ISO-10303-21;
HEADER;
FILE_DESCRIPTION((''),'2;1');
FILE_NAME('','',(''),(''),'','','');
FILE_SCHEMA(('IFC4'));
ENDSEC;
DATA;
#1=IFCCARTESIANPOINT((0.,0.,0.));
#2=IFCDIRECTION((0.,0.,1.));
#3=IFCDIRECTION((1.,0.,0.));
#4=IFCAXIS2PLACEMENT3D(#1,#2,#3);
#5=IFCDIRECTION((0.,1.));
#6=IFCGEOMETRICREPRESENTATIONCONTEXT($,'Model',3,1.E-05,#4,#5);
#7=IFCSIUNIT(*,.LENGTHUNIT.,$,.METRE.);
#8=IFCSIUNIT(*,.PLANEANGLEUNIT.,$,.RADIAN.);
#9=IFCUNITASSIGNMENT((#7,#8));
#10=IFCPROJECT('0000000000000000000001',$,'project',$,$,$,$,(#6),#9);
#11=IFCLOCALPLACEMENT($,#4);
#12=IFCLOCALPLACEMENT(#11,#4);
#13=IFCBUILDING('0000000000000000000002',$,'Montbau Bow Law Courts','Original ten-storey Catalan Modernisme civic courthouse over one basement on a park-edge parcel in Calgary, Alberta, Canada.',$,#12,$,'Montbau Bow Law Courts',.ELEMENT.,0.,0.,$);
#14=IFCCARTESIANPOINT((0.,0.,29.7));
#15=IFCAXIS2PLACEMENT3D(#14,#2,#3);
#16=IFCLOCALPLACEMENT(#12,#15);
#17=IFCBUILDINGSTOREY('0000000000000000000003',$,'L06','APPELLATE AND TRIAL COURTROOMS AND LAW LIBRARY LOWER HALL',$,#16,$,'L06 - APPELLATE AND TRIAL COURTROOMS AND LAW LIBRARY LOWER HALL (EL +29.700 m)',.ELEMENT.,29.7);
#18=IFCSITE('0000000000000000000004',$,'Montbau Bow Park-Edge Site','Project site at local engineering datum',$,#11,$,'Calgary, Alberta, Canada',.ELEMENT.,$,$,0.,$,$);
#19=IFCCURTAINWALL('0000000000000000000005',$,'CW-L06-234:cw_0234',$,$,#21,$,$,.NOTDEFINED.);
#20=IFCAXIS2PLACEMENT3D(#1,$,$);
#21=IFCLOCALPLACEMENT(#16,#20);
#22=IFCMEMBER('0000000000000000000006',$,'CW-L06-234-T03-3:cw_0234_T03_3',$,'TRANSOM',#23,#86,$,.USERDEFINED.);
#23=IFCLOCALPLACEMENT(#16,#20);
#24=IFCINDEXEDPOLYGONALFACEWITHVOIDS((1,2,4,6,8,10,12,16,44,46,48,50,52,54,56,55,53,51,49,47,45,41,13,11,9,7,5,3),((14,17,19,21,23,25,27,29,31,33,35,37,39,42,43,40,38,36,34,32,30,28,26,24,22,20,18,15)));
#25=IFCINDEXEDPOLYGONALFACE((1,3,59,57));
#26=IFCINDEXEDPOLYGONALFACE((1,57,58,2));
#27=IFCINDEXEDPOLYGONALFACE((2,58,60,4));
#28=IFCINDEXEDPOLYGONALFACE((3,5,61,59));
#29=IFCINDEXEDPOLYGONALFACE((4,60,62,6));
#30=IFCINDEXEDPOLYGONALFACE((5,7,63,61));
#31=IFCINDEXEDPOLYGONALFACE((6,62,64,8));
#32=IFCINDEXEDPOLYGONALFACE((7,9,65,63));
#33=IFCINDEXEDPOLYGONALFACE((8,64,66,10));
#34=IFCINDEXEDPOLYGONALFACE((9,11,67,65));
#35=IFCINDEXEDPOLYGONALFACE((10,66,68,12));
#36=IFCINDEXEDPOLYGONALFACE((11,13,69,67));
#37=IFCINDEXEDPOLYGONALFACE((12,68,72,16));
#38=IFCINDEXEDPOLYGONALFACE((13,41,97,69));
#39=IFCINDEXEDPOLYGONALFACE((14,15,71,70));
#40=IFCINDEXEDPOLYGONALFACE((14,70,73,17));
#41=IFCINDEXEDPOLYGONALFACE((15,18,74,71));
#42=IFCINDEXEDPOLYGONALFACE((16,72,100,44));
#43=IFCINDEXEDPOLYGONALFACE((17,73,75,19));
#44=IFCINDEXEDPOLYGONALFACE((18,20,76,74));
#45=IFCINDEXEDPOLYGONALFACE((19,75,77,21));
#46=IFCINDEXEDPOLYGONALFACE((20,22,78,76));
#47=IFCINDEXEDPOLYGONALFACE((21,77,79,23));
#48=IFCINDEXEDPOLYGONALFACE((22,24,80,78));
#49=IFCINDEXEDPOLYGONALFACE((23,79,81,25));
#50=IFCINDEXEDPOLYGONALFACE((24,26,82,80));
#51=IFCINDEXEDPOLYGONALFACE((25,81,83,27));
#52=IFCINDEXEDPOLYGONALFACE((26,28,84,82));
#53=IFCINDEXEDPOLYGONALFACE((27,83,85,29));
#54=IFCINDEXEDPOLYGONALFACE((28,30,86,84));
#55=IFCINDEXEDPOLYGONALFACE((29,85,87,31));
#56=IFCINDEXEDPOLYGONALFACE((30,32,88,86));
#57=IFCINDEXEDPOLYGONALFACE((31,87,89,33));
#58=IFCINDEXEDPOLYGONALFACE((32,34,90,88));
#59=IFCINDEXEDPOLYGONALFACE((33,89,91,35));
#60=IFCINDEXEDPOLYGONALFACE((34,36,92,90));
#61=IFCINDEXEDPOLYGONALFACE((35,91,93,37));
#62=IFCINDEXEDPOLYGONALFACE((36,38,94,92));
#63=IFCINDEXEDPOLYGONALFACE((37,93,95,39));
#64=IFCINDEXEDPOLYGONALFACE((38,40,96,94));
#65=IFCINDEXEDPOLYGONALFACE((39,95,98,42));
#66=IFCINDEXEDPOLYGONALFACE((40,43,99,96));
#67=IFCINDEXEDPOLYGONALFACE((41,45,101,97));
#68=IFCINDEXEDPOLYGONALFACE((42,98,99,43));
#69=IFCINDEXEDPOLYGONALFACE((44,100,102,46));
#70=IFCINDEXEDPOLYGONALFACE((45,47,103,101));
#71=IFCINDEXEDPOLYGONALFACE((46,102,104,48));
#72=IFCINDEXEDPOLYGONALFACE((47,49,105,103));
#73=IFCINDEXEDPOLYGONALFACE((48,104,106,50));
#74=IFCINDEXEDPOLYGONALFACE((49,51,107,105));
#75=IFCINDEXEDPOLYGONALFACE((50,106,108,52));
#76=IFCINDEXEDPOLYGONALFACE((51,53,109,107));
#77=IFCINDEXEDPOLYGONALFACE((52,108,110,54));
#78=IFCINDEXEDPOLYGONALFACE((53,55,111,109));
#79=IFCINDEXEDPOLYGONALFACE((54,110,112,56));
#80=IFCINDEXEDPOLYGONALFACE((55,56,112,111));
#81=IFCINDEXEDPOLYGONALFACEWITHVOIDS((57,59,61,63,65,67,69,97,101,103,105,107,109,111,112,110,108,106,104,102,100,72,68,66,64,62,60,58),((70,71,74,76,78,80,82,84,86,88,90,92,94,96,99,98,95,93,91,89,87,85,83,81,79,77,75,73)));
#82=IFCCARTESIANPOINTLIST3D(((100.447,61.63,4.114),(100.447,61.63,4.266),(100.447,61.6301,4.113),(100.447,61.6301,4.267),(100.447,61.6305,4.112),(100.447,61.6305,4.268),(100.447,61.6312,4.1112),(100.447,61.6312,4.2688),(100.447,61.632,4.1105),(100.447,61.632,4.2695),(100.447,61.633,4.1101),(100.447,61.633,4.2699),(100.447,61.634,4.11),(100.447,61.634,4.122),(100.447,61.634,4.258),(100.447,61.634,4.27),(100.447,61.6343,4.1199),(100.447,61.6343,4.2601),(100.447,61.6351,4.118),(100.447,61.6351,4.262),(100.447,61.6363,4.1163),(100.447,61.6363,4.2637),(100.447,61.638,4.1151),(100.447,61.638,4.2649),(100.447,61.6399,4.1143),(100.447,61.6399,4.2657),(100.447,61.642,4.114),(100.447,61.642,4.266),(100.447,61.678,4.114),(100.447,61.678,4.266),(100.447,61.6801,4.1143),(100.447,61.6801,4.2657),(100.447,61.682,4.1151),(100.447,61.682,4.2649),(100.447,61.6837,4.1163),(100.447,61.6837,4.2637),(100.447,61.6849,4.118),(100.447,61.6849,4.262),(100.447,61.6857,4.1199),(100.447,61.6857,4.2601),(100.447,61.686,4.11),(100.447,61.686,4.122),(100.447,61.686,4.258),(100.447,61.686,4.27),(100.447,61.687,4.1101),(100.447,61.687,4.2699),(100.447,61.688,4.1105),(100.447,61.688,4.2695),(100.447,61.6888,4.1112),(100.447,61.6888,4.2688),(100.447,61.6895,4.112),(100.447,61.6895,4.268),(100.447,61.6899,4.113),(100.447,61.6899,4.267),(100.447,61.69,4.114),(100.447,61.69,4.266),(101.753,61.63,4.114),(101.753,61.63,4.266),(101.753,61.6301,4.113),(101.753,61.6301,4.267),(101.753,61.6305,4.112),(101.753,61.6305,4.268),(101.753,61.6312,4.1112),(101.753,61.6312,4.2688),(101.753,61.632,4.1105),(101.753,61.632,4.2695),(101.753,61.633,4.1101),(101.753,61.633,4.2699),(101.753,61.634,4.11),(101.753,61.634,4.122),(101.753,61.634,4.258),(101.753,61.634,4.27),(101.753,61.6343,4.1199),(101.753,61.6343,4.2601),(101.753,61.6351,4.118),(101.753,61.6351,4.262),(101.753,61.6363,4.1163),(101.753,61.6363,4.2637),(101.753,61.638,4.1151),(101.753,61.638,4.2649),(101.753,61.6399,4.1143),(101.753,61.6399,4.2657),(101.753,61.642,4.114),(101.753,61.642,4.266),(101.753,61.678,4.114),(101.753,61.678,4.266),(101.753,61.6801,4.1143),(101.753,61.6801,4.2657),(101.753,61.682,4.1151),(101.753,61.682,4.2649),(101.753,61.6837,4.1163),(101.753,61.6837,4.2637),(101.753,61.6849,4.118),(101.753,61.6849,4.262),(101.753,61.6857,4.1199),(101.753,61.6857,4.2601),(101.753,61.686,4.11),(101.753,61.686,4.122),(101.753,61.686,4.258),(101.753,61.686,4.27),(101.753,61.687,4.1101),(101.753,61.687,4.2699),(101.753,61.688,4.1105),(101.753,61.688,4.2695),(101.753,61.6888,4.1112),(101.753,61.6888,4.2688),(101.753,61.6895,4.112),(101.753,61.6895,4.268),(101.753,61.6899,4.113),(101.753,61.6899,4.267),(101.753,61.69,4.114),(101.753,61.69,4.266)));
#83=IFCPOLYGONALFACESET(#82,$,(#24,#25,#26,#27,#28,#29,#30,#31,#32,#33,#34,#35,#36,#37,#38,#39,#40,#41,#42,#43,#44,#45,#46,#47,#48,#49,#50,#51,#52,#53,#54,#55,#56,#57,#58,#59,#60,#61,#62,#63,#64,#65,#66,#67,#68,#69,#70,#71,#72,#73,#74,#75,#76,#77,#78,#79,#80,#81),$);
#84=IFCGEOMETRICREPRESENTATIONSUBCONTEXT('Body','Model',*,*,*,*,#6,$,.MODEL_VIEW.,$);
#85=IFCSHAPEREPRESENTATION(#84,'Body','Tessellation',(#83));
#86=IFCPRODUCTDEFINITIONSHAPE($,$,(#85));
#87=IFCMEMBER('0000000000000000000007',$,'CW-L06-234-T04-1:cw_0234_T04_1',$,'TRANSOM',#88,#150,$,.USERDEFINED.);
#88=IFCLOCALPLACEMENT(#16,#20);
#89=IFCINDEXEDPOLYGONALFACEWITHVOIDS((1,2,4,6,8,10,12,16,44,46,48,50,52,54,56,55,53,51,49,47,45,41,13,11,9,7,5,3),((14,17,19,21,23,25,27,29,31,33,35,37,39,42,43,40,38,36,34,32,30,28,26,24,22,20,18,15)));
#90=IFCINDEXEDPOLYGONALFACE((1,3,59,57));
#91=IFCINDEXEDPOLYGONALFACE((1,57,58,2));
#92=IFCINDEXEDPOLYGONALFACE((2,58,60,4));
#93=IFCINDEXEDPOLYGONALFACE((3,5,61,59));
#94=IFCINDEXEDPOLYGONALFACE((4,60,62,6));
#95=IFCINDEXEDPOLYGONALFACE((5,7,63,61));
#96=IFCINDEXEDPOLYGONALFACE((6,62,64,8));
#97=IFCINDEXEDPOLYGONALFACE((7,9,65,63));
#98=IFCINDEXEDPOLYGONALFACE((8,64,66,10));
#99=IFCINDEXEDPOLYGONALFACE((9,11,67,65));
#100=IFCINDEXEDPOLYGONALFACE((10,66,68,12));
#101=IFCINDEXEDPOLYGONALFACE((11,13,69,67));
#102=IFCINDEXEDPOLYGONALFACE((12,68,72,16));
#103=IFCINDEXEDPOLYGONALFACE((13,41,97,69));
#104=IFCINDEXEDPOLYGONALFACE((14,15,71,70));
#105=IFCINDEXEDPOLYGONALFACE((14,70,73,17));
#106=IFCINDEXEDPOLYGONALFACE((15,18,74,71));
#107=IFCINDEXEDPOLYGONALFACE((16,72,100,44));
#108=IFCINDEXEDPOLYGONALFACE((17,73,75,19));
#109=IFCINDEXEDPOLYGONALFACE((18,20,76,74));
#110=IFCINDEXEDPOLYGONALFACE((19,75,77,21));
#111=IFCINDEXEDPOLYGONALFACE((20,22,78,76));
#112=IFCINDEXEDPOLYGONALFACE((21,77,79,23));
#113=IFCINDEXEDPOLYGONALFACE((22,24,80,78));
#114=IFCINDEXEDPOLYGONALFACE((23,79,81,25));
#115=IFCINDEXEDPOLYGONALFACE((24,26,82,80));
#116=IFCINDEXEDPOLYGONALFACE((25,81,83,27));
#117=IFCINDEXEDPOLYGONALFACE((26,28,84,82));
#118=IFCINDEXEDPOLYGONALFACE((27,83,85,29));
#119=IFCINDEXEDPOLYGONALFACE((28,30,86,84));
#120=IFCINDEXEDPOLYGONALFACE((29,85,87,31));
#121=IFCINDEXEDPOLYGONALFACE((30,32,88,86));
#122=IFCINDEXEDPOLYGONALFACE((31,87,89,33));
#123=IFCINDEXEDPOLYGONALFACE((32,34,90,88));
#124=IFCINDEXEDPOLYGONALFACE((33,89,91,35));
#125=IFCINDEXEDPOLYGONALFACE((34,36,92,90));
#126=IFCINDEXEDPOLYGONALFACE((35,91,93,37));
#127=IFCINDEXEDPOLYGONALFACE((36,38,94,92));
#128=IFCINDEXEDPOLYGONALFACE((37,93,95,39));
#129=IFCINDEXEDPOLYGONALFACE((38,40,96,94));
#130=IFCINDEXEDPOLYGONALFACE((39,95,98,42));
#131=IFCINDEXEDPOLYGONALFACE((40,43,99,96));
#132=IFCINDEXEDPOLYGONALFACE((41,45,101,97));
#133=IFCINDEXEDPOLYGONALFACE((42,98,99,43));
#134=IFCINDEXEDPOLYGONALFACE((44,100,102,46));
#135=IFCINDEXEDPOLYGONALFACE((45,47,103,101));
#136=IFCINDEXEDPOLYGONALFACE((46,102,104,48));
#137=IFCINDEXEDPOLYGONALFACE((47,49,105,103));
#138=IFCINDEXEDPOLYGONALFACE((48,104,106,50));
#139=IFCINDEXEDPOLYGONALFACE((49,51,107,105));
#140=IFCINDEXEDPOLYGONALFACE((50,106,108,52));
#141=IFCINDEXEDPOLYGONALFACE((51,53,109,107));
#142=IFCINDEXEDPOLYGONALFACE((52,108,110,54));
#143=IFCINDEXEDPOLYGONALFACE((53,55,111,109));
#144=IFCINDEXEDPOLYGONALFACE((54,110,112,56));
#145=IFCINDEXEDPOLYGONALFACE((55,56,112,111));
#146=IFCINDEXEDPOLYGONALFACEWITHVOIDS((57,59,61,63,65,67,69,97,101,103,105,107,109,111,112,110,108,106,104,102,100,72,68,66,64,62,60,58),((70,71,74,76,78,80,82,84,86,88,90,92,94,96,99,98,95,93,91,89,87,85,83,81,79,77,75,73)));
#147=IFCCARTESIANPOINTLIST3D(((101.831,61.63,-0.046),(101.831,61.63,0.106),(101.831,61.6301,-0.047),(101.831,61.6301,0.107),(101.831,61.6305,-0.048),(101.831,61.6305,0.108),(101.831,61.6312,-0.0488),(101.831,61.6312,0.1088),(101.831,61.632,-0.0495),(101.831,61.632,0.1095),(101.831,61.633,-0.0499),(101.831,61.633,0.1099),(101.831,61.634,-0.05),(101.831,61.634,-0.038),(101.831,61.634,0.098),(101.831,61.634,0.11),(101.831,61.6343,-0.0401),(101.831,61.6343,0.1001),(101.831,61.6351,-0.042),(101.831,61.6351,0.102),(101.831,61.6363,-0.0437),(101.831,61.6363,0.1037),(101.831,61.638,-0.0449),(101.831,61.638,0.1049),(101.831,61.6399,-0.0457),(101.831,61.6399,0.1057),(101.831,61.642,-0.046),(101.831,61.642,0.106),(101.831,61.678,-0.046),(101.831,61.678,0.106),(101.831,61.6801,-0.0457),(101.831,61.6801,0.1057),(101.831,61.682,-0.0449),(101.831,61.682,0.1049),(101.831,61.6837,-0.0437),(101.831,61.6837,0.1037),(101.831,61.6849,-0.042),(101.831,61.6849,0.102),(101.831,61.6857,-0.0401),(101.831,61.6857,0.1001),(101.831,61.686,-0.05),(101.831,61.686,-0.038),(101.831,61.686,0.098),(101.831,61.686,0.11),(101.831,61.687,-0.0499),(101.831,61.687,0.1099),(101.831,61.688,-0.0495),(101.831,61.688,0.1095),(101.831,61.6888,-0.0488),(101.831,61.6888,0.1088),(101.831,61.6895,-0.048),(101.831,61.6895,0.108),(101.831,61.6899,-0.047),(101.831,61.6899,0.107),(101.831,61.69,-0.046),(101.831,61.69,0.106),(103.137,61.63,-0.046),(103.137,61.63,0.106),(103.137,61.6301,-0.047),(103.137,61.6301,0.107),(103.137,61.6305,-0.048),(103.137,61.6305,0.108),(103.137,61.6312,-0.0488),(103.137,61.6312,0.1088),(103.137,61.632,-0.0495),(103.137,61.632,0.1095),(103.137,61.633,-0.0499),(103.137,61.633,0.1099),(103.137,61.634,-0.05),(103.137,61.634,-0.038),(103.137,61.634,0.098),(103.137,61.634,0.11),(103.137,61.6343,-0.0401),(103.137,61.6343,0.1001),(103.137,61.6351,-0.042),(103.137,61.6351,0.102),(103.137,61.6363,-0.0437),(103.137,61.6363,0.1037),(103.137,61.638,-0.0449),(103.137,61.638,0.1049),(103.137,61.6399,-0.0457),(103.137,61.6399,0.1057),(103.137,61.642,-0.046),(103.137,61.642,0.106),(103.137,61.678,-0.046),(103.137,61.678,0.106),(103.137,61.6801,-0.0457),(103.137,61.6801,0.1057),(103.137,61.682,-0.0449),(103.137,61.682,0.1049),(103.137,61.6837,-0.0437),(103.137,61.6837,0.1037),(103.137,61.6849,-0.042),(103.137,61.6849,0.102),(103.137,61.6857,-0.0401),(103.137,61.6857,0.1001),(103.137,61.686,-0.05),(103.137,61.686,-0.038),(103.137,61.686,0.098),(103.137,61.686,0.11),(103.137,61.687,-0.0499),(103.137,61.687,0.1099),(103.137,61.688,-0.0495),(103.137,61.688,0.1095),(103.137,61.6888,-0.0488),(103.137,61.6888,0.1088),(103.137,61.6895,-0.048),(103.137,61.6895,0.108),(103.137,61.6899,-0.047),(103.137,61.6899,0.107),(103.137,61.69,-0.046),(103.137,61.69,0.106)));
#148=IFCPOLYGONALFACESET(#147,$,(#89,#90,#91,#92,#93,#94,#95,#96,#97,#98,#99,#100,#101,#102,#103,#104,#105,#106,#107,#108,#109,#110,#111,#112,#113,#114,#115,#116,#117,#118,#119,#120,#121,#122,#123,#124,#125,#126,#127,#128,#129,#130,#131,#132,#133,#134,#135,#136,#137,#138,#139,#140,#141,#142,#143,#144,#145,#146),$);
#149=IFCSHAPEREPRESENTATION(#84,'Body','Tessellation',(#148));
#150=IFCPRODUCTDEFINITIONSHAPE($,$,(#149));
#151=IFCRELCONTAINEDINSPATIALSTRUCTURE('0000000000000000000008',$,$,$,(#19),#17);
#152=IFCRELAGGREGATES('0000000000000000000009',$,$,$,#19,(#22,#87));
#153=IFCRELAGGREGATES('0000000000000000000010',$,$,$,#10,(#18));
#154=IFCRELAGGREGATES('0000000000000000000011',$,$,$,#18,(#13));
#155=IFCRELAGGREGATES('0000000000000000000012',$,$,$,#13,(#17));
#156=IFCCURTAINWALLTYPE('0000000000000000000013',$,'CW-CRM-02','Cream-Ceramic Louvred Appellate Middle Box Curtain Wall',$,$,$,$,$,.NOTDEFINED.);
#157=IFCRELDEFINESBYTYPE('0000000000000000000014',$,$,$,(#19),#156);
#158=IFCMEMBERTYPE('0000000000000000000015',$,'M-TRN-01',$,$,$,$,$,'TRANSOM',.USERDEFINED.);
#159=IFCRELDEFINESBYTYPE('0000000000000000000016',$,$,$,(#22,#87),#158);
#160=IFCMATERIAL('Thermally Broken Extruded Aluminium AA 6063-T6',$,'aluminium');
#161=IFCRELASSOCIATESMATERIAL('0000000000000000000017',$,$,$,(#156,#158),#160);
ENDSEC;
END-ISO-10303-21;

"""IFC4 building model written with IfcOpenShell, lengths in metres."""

from ifc_helpers import new_model, si_unit, direction, frame, origin_with_axes, origin_2d_with_axis, place, context, subcontext, project, spatial, hollow_rectangle, extrude, material, material_profile, profile_set, type_object, element, aggregate, save


model = new_model("IFC4")

# Units and contexts
model_context = context("Model", 3, precision=1e-05, world=origin_with_axes(), true_north=direction((0.0, 1.0)))
body_context = subcontext(model_context, "Body", "Model", "MODEL_VIEW")
ifc_project = project(units=[si_unit("LENGTHUNIT", "METRE"), si_unit("PLANEANGLEUNIT", "RADIAN")], contexts=[model_context])

# Site, building, storey
site_placement = place(None, origin_with_axes())
site = spatial("IfcSite", under=ifc_project, at=site_placement, Name="Montbau Bow Park-Edge Site", Description="Project site at local engineering datum", LongName="Calgary, Alberta, Canada", CompositionType="ELEMENT", RefElevation=0.0)
building_placement = place(site_placement, origin_with_axes())
building = spatial("IfcBuilding", under=site, at=building_placement, Name="Montbau Bow Law Courts", Description="Original ten-storey Catalan Modernisme civic courthouse over one basement on a park-edge parcel in Calgary, Alberta, Canada.", LongName="Montbau Bow Law Courts", CompositionType="ELEMENT", ElevationOfRefHeight=0.0, ElevationOfTerrain=0.0)
storey_placement = place(building_placement, frame((0.0, 0.0, 29.7), z_axis=(0.0, 0.0, 1.0), x_axis=(1.0, 0.0, 0.0)))
storey = spatial("IfcBuildingStorey", under=building, at=storey_placement, Name="L06", Description="APPELLATE AND TRIAL COURTROOMS AND LAW LIBRARY LOWER HALL", LongName="L06 - APPELLATE AND TRIAL COURTROOMS AND LAW LIBRARY LOWER HALL (EL +29.700 m)", CompositionType="ELEMENT", Elevation=29.7)

# Curtain wall
ifc_material_1 = material(Name="Thermally Broken Extruded Aluminium AA 6063-T6", Category="aluminium")
curtain_wall_type = type_object("IfcCurtainWallType", Name="CW-CRM-02", Description="Cream-Ceramic Louvred Appellate Middle Box Curtain Wall", PredefinedType="NOTDEFINED", material=ifc_material_1)
curtain_wall_placement = place(None, frame((97.64, 61.66, 29.7), z_axis=(0.0, 0.0, 1.0), x_axis=(1.0, 0.0, 0.0)))
curtain_wall = element("IfcCurtainWall", 1, at=curtain_wall_placement, inside=storey, type_object=curtain_wall_type, Name="CW-L06-234:cw_0234", PredefinedType="NOTDEFINED")

# Members
ifc_material_profile_1 = material_profile(ifc_material_1, hollow_rectangle(XDim=0.06, YDim=0.16, WallThickness=0.004, InnerFilletRadius=0.008, OuterFilletRadius=0.004, at=origin_2d_with_axis()), Name="CWT-160X60", Category="Main", Priority=0)
ifc_profile_set_1 = profile_set([ifc_material_profile_1], Name="Thermally Broken Extruded Aluminium AA 6063-T6")
member_type_1 = type_object("IfcMemberType", Name="M-TRN-01", ElementType="TRANSOM", PredefinedType="USERDEFINED", material=ifc_profile_set_1)
member_1_placement = place(None, frame((100.447, 61.66, 33.89), z_axis=(1.0, 0.0, 0.0), x_axis=(0.0, 1.0, 0.0)))
member_1 = element("IfcMember", 2, at=member_1_placement, type_object=member_type_1, Name="CW-L06-234-T03-3:cw_0234_T03_3", ObjectType="TRANSOM", PredefinedType="USERDEFINED", context=body_context, shape_type="SweptSolid", body=[
    extrude(hollow_rectangle(XDim=0.06, YDim=0.16, WallThickness=0.004, InnerFilletRadius=0.008, OuterFilletRadius=0.004, at=origin_2d_with_axis()), origin_with_axes(), (0.0, 0.0, 1.0), 1.306),
])
member_2_placement = place(None, frame((101.831, 61.66, 29.73), z_axis=(1.0, 0.0, 0.0), x_axis=(0.0, 1.0, 0.0)))
member_2 = element("IfcMember", 3, at=member_2_placement, type_object=member_type_1, Name="CW-L06-234-T04-1:cw_0234_T04_1", ObjectType="TRANSOM", PredefinedType="USERDEFINED", context=body_context, shape_type="SweptSolid", body=[
    extrude(hollow_rectangle(XDim=0.06, YDim=0.16, WallThickness=0.004, InnerFilletRadius=0.008, OuterFilletRadius=0.004, at=origin_2d_with_axis()), origin_with_axes(), (0.0, 0.0, 1.0), 1.306),
])

aggregate(curtain_wall, [member_1, member_2])

save(model, "model.ifc")
